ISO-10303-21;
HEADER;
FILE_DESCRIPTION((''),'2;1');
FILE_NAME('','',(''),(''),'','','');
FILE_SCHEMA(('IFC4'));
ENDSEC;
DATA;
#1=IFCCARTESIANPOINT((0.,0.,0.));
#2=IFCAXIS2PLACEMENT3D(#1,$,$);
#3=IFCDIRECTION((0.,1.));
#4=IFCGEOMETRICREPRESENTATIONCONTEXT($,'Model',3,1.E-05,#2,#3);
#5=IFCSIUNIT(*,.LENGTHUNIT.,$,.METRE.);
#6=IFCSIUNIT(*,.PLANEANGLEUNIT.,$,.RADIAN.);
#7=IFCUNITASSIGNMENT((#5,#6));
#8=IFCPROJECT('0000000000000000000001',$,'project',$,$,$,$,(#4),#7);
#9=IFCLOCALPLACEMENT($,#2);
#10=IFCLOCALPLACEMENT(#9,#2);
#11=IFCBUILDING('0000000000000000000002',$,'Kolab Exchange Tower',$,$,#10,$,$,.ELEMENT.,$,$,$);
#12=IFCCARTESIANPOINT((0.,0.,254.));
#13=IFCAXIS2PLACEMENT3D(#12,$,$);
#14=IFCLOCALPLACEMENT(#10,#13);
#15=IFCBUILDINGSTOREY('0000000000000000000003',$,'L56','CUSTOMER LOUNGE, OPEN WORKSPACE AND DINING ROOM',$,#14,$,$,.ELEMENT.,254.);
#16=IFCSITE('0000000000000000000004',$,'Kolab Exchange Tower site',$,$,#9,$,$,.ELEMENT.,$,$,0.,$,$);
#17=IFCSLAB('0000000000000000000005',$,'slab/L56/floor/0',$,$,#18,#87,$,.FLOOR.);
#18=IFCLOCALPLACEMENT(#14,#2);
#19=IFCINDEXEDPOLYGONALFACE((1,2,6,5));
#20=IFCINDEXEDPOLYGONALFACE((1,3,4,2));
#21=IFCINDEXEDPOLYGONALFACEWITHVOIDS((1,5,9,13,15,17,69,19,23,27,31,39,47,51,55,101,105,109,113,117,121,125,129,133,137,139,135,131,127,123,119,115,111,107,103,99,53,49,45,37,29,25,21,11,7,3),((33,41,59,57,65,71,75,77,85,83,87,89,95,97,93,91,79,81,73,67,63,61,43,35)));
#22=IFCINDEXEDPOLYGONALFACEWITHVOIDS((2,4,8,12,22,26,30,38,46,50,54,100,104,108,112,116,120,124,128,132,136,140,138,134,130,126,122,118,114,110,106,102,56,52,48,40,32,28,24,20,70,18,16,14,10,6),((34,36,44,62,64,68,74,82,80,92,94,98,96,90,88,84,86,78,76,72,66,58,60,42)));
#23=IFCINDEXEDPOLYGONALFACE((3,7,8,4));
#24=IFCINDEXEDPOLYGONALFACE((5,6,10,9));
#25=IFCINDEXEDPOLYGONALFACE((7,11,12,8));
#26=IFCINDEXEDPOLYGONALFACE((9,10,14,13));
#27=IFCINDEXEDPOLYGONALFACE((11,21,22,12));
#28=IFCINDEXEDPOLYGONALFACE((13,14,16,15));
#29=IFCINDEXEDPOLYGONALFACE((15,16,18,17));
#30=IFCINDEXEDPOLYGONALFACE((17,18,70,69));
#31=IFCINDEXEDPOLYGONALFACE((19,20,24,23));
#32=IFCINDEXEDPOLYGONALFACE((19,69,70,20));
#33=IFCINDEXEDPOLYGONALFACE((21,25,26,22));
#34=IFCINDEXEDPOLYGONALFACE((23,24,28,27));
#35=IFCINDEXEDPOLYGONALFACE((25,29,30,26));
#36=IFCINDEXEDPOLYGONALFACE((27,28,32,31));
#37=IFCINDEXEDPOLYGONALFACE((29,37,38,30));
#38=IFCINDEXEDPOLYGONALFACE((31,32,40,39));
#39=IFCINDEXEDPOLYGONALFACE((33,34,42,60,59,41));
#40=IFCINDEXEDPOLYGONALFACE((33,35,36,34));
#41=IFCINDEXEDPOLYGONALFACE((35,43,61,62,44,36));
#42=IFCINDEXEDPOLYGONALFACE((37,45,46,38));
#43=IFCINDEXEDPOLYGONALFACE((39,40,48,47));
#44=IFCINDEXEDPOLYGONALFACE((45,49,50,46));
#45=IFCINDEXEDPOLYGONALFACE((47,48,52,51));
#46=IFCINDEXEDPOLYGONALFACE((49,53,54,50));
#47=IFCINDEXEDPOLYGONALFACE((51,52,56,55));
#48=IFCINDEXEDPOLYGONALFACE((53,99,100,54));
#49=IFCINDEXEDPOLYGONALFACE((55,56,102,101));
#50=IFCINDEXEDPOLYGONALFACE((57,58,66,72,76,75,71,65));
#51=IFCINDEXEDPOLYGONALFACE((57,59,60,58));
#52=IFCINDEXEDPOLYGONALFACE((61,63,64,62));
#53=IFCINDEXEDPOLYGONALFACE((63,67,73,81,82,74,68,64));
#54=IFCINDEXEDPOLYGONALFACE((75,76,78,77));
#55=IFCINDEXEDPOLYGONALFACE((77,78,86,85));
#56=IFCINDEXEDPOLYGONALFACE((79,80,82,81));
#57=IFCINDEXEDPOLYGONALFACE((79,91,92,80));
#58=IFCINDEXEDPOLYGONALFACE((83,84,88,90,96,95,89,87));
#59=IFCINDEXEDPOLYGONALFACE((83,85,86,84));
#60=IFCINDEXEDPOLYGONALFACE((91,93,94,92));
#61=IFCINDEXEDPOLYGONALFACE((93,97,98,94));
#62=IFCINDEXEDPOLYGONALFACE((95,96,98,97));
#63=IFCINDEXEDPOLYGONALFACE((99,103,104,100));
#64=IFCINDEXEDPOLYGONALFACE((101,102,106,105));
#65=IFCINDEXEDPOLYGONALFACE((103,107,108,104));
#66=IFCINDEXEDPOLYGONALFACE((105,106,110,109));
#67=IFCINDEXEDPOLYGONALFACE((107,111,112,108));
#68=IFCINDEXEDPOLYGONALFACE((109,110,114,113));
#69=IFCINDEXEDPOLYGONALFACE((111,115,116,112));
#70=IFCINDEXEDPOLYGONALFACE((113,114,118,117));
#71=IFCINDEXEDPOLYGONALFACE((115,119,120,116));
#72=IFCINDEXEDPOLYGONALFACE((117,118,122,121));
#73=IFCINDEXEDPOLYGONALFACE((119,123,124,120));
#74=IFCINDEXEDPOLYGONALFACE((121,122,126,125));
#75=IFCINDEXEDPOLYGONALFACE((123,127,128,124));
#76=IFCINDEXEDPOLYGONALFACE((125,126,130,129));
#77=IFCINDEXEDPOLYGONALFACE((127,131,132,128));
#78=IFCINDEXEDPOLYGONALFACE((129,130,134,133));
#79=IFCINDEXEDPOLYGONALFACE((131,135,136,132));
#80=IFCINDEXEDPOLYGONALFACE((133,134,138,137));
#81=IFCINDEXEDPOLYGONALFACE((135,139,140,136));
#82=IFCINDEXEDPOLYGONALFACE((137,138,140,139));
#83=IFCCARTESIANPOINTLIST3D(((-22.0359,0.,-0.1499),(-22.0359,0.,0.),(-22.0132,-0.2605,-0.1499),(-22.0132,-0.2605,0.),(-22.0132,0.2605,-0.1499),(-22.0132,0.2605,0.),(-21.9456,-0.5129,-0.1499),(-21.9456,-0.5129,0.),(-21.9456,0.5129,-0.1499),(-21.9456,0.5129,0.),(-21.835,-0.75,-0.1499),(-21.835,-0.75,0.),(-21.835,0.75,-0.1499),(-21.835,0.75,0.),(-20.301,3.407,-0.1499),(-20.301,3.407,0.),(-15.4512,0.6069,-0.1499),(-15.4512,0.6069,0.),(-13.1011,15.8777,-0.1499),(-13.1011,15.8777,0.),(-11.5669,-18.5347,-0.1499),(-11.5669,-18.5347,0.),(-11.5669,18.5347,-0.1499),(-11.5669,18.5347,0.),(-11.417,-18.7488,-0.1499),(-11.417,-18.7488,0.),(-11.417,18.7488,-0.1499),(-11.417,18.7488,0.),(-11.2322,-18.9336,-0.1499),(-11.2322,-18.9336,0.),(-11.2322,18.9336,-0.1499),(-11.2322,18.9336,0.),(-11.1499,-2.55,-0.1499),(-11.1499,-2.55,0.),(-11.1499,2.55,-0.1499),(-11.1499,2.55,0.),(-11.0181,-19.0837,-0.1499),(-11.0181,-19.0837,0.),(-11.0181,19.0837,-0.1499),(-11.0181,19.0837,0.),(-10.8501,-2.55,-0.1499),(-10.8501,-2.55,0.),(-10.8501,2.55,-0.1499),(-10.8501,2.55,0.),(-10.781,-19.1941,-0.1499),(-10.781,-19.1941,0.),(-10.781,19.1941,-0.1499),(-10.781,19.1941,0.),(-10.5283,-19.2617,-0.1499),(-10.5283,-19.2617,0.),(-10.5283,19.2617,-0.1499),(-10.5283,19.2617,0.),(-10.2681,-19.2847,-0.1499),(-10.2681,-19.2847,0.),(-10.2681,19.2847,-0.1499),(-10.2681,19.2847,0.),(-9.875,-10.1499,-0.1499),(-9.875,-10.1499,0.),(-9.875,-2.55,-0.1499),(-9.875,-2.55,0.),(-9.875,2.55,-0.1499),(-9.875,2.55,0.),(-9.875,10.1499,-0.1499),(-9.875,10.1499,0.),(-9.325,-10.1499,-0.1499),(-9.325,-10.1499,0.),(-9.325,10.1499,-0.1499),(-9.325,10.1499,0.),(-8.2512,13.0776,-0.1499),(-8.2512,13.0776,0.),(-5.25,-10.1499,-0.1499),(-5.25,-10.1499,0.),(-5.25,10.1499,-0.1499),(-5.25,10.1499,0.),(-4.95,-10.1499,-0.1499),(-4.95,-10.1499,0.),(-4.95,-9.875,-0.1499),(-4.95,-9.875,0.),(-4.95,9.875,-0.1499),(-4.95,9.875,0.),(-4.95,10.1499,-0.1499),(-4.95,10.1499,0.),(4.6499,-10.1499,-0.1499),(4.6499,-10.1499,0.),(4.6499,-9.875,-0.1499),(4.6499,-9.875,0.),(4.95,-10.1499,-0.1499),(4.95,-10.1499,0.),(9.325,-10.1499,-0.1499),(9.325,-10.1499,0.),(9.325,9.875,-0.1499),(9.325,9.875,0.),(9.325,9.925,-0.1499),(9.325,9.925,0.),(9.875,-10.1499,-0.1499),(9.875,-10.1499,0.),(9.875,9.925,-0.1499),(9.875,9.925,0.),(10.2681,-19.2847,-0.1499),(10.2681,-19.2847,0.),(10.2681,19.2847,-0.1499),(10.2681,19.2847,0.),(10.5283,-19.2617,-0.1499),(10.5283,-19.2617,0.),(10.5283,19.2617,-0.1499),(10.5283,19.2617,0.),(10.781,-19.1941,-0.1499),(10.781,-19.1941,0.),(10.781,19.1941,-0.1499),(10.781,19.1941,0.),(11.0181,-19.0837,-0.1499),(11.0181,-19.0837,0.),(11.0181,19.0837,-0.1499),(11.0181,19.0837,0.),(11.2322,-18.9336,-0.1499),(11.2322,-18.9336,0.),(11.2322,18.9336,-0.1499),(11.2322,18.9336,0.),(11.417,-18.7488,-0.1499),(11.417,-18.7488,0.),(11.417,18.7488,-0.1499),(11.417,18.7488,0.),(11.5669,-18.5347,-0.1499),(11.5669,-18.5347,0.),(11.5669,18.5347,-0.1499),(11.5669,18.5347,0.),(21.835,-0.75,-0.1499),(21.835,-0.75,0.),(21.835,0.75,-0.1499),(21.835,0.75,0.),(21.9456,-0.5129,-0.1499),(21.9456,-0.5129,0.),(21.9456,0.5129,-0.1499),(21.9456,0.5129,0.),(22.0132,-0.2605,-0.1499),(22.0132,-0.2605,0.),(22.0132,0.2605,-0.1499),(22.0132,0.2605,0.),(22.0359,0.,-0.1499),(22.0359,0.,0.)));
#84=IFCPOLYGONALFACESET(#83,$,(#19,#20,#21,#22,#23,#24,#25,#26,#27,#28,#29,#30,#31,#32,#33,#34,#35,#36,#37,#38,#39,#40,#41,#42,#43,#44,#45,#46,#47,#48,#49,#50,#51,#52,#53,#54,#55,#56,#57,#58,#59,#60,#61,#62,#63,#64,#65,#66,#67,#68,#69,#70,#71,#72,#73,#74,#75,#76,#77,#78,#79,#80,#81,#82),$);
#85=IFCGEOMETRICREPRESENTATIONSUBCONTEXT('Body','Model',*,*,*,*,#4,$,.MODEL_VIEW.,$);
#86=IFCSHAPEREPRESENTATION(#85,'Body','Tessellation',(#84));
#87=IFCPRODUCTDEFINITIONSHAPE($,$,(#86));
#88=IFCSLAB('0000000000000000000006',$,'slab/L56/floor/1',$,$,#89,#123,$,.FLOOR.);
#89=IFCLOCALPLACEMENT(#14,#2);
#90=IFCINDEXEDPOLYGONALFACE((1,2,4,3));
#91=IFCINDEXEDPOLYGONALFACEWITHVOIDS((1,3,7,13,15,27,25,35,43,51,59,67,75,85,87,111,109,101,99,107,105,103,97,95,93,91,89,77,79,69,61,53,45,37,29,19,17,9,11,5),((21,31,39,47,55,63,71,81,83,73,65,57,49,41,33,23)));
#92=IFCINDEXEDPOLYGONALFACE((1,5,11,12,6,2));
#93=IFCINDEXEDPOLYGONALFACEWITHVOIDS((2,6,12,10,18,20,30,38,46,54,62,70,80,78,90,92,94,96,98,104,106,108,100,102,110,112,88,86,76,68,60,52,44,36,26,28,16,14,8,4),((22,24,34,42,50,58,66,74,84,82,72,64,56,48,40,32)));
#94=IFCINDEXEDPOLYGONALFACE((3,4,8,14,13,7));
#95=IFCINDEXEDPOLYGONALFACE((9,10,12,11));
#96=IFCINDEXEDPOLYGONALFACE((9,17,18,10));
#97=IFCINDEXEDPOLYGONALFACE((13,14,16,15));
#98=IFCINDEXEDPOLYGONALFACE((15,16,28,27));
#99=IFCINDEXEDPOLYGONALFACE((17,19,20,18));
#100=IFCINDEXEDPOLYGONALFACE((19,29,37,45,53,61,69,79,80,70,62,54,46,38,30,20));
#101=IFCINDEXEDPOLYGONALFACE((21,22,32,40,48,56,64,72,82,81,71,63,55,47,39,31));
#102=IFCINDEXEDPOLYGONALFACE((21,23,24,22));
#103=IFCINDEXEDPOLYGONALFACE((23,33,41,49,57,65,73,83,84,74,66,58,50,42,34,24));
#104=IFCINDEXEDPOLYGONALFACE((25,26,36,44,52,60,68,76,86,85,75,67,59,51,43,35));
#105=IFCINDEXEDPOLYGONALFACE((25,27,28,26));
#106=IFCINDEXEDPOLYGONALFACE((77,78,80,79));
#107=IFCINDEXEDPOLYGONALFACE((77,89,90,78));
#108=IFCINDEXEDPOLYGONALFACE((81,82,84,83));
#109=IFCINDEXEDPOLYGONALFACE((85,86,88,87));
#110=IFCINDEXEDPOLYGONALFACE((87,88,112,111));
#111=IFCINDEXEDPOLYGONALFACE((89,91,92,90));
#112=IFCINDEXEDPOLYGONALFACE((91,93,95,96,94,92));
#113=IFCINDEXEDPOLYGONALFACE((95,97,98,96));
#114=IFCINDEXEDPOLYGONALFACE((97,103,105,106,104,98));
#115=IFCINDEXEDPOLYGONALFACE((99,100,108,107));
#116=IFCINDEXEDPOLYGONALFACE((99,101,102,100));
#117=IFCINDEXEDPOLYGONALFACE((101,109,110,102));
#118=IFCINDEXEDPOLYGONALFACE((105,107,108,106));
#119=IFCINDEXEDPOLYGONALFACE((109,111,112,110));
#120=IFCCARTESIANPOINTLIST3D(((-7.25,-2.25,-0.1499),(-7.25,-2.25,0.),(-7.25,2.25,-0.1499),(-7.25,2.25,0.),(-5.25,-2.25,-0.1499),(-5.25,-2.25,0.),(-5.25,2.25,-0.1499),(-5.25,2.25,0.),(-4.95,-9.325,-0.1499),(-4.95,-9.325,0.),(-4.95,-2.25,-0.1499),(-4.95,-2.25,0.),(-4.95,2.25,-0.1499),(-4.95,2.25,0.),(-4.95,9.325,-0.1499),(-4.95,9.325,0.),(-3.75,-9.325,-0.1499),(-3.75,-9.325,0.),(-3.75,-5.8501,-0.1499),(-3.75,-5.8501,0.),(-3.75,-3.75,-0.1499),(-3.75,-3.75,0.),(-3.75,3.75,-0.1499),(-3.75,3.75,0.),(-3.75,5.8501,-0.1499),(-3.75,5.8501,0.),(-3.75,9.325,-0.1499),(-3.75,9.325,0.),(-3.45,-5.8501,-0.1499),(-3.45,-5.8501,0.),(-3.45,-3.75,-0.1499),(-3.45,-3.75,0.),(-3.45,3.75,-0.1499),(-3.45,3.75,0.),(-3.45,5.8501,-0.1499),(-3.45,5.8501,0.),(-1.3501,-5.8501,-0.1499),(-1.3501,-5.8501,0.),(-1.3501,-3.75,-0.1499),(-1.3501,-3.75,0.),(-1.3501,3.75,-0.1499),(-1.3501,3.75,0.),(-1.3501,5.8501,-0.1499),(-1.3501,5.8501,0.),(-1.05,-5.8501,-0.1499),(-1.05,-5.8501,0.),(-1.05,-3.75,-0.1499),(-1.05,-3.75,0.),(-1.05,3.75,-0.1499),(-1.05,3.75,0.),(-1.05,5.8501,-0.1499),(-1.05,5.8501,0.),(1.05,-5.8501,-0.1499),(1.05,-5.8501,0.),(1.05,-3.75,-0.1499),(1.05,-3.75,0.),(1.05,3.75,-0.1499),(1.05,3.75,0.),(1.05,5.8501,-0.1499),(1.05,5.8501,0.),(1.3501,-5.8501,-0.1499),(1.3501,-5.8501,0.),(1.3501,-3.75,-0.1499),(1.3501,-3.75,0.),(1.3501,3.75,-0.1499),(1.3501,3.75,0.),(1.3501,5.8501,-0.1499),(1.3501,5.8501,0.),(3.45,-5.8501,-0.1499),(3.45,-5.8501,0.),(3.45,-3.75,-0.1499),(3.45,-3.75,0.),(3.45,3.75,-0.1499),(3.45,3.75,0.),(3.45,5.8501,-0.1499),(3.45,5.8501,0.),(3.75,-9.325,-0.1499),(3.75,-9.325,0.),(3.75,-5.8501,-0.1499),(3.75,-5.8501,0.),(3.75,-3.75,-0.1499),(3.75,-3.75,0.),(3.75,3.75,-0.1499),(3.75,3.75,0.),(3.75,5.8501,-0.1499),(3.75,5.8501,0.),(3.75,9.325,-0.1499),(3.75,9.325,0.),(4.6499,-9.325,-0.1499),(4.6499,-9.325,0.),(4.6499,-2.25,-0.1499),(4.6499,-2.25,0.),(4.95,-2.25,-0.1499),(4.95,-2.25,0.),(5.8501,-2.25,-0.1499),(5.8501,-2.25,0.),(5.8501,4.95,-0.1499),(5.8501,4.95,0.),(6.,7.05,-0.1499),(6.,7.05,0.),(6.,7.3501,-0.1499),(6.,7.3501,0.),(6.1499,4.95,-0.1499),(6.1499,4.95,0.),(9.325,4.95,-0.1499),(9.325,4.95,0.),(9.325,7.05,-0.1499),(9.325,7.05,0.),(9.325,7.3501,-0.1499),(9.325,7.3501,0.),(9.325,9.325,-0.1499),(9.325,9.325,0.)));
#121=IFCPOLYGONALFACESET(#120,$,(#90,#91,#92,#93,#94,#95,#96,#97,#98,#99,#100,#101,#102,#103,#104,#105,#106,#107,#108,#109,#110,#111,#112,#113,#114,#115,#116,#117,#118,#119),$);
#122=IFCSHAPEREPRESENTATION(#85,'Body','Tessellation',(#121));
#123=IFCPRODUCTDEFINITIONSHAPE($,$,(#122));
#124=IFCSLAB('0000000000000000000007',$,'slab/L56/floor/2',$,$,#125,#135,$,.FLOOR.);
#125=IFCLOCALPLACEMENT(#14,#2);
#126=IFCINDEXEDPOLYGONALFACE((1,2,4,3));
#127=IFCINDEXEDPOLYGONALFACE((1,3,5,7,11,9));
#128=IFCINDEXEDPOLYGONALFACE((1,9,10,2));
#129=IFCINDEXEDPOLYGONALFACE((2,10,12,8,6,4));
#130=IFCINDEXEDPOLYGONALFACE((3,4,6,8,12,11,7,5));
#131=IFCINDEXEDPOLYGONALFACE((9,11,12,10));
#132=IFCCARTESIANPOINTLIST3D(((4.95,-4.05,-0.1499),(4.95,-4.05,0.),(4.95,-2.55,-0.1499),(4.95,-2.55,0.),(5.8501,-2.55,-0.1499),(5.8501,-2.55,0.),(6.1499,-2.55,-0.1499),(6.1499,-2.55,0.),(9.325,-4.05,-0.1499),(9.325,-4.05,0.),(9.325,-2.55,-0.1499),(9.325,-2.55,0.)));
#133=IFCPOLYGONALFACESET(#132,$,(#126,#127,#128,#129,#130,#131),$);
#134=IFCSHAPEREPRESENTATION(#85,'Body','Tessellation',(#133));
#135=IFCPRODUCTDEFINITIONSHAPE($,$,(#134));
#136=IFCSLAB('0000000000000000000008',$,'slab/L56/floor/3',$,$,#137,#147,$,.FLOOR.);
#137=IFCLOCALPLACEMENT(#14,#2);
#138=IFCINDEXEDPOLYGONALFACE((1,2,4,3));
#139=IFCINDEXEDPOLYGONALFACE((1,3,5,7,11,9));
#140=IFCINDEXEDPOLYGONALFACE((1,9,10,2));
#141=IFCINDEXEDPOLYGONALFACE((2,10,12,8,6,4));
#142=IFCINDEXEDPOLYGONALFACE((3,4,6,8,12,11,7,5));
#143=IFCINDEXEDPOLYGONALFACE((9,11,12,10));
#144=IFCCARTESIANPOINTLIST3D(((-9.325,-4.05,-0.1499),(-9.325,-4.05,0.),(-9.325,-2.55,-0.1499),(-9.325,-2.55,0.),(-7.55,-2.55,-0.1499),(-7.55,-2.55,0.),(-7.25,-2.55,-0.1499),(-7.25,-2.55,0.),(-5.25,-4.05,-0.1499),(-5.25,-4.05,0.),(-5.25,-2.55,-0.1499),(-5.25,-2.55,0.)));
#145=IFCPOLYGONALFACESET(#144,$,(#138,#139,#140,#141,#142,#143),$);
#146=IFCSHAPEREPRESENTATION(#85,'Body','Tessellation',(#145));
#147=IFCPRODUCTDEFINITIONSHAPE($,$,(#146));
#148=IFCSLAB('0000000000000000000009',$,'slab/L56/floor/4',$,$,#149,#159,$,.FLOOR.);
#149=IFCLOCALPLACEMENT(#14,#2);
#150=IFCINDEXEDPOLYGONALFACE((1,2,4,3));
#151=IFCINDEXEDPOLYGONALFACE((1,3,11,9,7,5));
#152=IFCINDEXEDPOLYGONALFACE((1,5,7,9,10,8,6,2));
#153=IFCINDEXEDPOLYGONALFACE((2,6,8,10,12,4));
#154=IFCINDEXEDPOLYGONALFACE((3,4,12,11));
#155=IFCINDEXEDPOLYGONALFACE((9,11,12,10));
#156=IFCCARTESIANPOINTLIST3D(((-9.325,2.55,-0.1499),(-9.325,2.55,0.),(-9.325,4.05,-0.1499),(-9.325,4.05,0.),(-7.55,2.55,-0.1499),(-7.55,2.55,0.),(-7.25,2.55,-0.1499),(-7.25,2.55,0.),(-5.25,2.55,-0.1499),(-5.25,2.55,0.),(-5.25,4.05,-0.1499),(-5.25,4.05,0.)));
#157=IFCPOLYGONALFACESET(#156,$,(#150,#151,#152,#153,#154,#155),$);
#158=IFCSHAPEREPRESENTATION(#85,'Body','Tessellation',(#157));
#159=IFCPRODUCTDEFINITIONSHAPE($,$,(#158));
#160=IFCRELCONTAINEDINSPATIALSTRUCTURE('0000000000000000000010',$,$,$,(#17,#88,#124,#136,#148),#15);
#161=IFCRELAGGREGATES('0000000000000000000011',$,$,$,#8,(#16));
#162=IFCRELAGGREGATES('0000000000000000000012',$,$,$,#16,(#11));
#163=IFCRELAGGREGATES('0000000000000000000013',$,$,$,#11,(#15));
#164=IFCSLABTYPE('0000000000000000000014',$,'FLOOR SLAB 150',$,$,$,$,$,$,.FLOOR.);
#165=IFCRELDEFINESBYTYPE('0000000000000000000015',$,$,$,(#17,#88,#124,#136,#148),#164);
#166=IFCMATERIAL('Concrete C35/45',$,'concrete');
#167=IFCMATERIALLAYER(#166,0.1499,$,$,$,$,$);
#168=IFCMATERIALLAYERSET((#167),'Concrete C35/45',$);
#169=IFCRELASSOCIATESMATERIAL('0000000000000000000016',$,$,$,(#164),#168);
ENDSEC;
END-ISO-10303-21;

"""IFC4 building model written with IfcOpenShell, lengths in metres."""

from ifc_helpers import new_model, si_unit, direction, frame, origin, place, context, subcontext, project, spatial, polyline, outline, extrude, material, layer, layer_set, type_object, element, save


model = new_model("IFC4")

# Units and contexts
model_context = context("Model", 3, precision=1e-05, world=origin(), true_north=direction((0.0, 1.0)))
body_context = subcontext(model_context, "Body", "Model", "MODEL_VIEW")
ifc_project = project(units=[si_unit("LENGTHUNIT", "METRE"), si_unit("PLANEANGLEUNIT", "RADIAN")], contexts=[model_context])

# Site, building, storey
site_placement = place(None, origin())
site = spatial("IfcSite", under=ifc_project, at=site_placement, Name="Kolab Exchange Tower site", CompositionType="ELEMENT", RefElevation=0.0)
building_placement = place(site_placement, origin())
building = spatial("IfcBuilding", under=site, at=building_placement, Name="Kolab Exchange Tower", CompositionType="ELEMENT")
storey_placement = place(building_placement, frame((0.0, 0.0, 254.0)))
storey = spatial("IfcBuildingStorey", under=building, at=storey_placement, Name="L56", Description="CUSTOMER LOUNGE, OPEN WORKSPACE AND DINING ROOM", CompositionType="ELEMENT", Elevation=254.0)

# Slabs
ifc_material_1 = material(Name="Concrete C35/45", Category="concrete")
ifc_layer_1 = layer(ifc_material_1, 0.1499)
ifc_layer_set_1 = layer_set([ifc_layer_1], Name="Concrete C35/45")
slab_type_1 = type_object("IfcSlabType", Name="FLOOR SLAB 150", PredefinedType="FLOOR", material=ifc_layer_set_1)
slab_1_placement = place(storey_placement, frame((0.0, 0.0, -0.1499)))
element("IfcSlab", 1, at=slab_1_placement, inside=storey, type_object=slab_type_1, Name="slab/L56/floor/0", PredefinedType="FLOOR", context=body_context, shape_type="SweptSolid", body=[
    extrude(outline(polyline([(-11.5669, 18.5347), (-13.1011, 15.8777), (-8.2512, 13.0776), (-15.4512, 0.6069), (-20.301, 3.407), (-21.835, 0.75), (-21.9456, 0.5129), (-22.0132, 0.2605), (-22.0359, 0.0), (-22.0132, -0.2605), (-21.9456, -0.5129), (-21.835, -0.75), (-11.5669, -18.5347), (-11.417, -18.7488), (-11.2322, -18.9336), (-11.0181, -19.0837), (-10.781, -19.1941), (-10.5283, -19.2617), (-10.2681, -19.2847), (10.2681, -19.2847), (10.5283, -19.2617), (10.781, -19.1941), (11.0181, -19.0837), (11.2322, -18.9336), (11.417, -18.7488), (11.5669, -18.5347), (21.835, -0.75), (21.9456, -0.5129), (22.0132, -0.2605), (22.0359, 0.0), (22.0132, 0.2605), (21.9456, 0.5129), (21.835, 0.75), (11.5669, 18.5347), (11.417, 18.7488), (11.2322, 18.9336), (11.0181, 19.0837), (10.781, 19.1941), (10.5283, 19.2617), (10.2681, 19.2847), (-10.2681, 19.2847), (-10.5283, 19.2617), (-10.781, 19.1941), (-11.0181, 19.0837), (-11.2322, 18.9336), (-11.417, 18.7488), (-11.5669, 18.5347)]), holes=[polyline([(-9.325, -10.1499), (-9.875, -10.1499), (-9.875, -2.55), (-10.8501, -2.55), (-11.1499, -2.55), (-11.1499, 2.55), (-10.8501, 2.55), (-9.875, 2.55), (-9.875, 10.1499), (-9.325, 10.1499), (-5.25, 10.1499), (-4.95, 10.1499), (-4.95, 9.875), (9.325, 9.875), (9.325, 9.925), (9.875, 9.925), (9.875, -10.1499), (9.325, -10.1499), (4.95, -10.1499), (4.6499, -10.1499), (4.6499, -9.875), (-4.95, -9.875), (-4.95, -10.1499), (-5.25, -10.1499), (-9.325, -10.1499)])]), origin(), (0.0, 0.0, 1.0), 0.1499),
])
slab_2_placement = place(storey_placement, frame((0.0, 0.0, -0.1499)))
element("IfcSlab", 2, at=slab_2_placement, inside=storey, type_object=slab_type_1, Name="slab/L56/floor/1", PredefinedType="FLOOR", context=body_context, shape_type="SweptSolid", body=[
    extrude(outline(polyline([(-4.95, 9.325), (-4.95, 2.25), (-5.25, 2.25), (-7.25, 2.25), (-7.25, -2.25), (-5.25, -2.25), (-4.95, -2.25), (-4.95, -9.325), (-3.75, -9.325), (-3.75, -5.8501), (-3.45, -5.8501), (-1.3501, -5.8501), (-1.05, -5.8501), (1.05, -5.8501), (1.3501, -5.8501), (3.45, -5.8501), (3.75, -5.8501), (3.75, -9.325), (4.6499, -9.325), (4.6499, -2.25), (4.95, -2.25), (5.8501, -2.25), (5.8501, 4.95), (6.1499, 4.95), (9.325, 4.95), (9.325, 7.05), (6.0, 7.05), (6.0, 7.3501), (9.325, 7.3501), (9.325, 9.325), (3.75, 9.325), (3.75, 5.8501), (3.45, 5.8501), (1.3501, 5.8501), (1.05, 5.8501), (-1.05, 5.8501), (-1.3501, 5.8501), (-3.45, 5.8501), (-3.75, 5.8501), (-3.75, 9.325), (-4.95, 9.325)]), holes=[polyline([(-3.45, -3.75), (-3.75, -3.75), (-3.75, 3.75), (-3.45, 3.75), (-1.3501, 3.75), (-1.05, 3.75), (1.05, 3.75), (1.3501, 3.75), (3.45, 3.75), (3.75, 3.75), (3.75, -3.75), (3.45, -3.75), (1.3501, -3.75), (1.05, -3.75), (-1.05, -3.75), (-1.3501, -3.75), (-3.45, -3.75)])]), origin(), (0.0, 0.0, 1.0), 0.1499),
])
slab_3_placement = place(storey_placement, frame((0.0, 0.0, -0.1499)))
element("IfcSlab", 3, at=slab_3_placement, inside=storey, type_object=slab_type_1, Name="slab/L56/floor/2", PredefinedType="FLOOR", context=body_context, shape_type="SweptSolid", body=[
    extrude(outline(polyline([(4.95, -2.55), (4.95, -4.05), (9.325, -4.05), (9.325, -2.55), (6.1499, -2.55), (5.8501, -2.55), (4.95, -2.55)])), origin(), (0.0, 0.0, 1.0), 0.1499),
])
slab_4_placement = place(storey_placement, frame((0.0, 0.0, -0.1499)))
element("IfcSlab", 4, at=slab_4_placement, inside=storey, type_object=slab_type_1, Name="slab/L56/floor/3", PredefinedType="FLOOR", context=body_context, shape_type="SweptSolid", body=[
    extrude(outline(polyline([(-7.55, -2.55), (-9.325, -2.55), (-9.325, -4.05), (-5.25, -4.05), (-5.25, -2.55), (-7.25, -2.55), (-7.55, -2.55)])), origin(), (0.0, 0.0, 1.0), 0.1499),
])
slab_5_placement = place(storey_placement, frame((0.0, 0.0, -0.1499)))
element("IfcSlab", 5, at=slab_5_placement, inside=storey, type_object=slab_type_1, Name="slab/L56/floor/4", PredefinedType="FLOOR", context=body_context, shape_type="SweptSolid", body=[
    extrude(outline(polyline([(-9.325, 4.05), (-9.325, 2.55), (-7.55, 2.55), (-7.25, 2.55), (-5.25, 2.55), (-5.25, 4.05), (-9.325, 4.05)])), origin(), (0.0, 0.0, 1.0), 0.1499),
])

save(model, "model.ifc")
